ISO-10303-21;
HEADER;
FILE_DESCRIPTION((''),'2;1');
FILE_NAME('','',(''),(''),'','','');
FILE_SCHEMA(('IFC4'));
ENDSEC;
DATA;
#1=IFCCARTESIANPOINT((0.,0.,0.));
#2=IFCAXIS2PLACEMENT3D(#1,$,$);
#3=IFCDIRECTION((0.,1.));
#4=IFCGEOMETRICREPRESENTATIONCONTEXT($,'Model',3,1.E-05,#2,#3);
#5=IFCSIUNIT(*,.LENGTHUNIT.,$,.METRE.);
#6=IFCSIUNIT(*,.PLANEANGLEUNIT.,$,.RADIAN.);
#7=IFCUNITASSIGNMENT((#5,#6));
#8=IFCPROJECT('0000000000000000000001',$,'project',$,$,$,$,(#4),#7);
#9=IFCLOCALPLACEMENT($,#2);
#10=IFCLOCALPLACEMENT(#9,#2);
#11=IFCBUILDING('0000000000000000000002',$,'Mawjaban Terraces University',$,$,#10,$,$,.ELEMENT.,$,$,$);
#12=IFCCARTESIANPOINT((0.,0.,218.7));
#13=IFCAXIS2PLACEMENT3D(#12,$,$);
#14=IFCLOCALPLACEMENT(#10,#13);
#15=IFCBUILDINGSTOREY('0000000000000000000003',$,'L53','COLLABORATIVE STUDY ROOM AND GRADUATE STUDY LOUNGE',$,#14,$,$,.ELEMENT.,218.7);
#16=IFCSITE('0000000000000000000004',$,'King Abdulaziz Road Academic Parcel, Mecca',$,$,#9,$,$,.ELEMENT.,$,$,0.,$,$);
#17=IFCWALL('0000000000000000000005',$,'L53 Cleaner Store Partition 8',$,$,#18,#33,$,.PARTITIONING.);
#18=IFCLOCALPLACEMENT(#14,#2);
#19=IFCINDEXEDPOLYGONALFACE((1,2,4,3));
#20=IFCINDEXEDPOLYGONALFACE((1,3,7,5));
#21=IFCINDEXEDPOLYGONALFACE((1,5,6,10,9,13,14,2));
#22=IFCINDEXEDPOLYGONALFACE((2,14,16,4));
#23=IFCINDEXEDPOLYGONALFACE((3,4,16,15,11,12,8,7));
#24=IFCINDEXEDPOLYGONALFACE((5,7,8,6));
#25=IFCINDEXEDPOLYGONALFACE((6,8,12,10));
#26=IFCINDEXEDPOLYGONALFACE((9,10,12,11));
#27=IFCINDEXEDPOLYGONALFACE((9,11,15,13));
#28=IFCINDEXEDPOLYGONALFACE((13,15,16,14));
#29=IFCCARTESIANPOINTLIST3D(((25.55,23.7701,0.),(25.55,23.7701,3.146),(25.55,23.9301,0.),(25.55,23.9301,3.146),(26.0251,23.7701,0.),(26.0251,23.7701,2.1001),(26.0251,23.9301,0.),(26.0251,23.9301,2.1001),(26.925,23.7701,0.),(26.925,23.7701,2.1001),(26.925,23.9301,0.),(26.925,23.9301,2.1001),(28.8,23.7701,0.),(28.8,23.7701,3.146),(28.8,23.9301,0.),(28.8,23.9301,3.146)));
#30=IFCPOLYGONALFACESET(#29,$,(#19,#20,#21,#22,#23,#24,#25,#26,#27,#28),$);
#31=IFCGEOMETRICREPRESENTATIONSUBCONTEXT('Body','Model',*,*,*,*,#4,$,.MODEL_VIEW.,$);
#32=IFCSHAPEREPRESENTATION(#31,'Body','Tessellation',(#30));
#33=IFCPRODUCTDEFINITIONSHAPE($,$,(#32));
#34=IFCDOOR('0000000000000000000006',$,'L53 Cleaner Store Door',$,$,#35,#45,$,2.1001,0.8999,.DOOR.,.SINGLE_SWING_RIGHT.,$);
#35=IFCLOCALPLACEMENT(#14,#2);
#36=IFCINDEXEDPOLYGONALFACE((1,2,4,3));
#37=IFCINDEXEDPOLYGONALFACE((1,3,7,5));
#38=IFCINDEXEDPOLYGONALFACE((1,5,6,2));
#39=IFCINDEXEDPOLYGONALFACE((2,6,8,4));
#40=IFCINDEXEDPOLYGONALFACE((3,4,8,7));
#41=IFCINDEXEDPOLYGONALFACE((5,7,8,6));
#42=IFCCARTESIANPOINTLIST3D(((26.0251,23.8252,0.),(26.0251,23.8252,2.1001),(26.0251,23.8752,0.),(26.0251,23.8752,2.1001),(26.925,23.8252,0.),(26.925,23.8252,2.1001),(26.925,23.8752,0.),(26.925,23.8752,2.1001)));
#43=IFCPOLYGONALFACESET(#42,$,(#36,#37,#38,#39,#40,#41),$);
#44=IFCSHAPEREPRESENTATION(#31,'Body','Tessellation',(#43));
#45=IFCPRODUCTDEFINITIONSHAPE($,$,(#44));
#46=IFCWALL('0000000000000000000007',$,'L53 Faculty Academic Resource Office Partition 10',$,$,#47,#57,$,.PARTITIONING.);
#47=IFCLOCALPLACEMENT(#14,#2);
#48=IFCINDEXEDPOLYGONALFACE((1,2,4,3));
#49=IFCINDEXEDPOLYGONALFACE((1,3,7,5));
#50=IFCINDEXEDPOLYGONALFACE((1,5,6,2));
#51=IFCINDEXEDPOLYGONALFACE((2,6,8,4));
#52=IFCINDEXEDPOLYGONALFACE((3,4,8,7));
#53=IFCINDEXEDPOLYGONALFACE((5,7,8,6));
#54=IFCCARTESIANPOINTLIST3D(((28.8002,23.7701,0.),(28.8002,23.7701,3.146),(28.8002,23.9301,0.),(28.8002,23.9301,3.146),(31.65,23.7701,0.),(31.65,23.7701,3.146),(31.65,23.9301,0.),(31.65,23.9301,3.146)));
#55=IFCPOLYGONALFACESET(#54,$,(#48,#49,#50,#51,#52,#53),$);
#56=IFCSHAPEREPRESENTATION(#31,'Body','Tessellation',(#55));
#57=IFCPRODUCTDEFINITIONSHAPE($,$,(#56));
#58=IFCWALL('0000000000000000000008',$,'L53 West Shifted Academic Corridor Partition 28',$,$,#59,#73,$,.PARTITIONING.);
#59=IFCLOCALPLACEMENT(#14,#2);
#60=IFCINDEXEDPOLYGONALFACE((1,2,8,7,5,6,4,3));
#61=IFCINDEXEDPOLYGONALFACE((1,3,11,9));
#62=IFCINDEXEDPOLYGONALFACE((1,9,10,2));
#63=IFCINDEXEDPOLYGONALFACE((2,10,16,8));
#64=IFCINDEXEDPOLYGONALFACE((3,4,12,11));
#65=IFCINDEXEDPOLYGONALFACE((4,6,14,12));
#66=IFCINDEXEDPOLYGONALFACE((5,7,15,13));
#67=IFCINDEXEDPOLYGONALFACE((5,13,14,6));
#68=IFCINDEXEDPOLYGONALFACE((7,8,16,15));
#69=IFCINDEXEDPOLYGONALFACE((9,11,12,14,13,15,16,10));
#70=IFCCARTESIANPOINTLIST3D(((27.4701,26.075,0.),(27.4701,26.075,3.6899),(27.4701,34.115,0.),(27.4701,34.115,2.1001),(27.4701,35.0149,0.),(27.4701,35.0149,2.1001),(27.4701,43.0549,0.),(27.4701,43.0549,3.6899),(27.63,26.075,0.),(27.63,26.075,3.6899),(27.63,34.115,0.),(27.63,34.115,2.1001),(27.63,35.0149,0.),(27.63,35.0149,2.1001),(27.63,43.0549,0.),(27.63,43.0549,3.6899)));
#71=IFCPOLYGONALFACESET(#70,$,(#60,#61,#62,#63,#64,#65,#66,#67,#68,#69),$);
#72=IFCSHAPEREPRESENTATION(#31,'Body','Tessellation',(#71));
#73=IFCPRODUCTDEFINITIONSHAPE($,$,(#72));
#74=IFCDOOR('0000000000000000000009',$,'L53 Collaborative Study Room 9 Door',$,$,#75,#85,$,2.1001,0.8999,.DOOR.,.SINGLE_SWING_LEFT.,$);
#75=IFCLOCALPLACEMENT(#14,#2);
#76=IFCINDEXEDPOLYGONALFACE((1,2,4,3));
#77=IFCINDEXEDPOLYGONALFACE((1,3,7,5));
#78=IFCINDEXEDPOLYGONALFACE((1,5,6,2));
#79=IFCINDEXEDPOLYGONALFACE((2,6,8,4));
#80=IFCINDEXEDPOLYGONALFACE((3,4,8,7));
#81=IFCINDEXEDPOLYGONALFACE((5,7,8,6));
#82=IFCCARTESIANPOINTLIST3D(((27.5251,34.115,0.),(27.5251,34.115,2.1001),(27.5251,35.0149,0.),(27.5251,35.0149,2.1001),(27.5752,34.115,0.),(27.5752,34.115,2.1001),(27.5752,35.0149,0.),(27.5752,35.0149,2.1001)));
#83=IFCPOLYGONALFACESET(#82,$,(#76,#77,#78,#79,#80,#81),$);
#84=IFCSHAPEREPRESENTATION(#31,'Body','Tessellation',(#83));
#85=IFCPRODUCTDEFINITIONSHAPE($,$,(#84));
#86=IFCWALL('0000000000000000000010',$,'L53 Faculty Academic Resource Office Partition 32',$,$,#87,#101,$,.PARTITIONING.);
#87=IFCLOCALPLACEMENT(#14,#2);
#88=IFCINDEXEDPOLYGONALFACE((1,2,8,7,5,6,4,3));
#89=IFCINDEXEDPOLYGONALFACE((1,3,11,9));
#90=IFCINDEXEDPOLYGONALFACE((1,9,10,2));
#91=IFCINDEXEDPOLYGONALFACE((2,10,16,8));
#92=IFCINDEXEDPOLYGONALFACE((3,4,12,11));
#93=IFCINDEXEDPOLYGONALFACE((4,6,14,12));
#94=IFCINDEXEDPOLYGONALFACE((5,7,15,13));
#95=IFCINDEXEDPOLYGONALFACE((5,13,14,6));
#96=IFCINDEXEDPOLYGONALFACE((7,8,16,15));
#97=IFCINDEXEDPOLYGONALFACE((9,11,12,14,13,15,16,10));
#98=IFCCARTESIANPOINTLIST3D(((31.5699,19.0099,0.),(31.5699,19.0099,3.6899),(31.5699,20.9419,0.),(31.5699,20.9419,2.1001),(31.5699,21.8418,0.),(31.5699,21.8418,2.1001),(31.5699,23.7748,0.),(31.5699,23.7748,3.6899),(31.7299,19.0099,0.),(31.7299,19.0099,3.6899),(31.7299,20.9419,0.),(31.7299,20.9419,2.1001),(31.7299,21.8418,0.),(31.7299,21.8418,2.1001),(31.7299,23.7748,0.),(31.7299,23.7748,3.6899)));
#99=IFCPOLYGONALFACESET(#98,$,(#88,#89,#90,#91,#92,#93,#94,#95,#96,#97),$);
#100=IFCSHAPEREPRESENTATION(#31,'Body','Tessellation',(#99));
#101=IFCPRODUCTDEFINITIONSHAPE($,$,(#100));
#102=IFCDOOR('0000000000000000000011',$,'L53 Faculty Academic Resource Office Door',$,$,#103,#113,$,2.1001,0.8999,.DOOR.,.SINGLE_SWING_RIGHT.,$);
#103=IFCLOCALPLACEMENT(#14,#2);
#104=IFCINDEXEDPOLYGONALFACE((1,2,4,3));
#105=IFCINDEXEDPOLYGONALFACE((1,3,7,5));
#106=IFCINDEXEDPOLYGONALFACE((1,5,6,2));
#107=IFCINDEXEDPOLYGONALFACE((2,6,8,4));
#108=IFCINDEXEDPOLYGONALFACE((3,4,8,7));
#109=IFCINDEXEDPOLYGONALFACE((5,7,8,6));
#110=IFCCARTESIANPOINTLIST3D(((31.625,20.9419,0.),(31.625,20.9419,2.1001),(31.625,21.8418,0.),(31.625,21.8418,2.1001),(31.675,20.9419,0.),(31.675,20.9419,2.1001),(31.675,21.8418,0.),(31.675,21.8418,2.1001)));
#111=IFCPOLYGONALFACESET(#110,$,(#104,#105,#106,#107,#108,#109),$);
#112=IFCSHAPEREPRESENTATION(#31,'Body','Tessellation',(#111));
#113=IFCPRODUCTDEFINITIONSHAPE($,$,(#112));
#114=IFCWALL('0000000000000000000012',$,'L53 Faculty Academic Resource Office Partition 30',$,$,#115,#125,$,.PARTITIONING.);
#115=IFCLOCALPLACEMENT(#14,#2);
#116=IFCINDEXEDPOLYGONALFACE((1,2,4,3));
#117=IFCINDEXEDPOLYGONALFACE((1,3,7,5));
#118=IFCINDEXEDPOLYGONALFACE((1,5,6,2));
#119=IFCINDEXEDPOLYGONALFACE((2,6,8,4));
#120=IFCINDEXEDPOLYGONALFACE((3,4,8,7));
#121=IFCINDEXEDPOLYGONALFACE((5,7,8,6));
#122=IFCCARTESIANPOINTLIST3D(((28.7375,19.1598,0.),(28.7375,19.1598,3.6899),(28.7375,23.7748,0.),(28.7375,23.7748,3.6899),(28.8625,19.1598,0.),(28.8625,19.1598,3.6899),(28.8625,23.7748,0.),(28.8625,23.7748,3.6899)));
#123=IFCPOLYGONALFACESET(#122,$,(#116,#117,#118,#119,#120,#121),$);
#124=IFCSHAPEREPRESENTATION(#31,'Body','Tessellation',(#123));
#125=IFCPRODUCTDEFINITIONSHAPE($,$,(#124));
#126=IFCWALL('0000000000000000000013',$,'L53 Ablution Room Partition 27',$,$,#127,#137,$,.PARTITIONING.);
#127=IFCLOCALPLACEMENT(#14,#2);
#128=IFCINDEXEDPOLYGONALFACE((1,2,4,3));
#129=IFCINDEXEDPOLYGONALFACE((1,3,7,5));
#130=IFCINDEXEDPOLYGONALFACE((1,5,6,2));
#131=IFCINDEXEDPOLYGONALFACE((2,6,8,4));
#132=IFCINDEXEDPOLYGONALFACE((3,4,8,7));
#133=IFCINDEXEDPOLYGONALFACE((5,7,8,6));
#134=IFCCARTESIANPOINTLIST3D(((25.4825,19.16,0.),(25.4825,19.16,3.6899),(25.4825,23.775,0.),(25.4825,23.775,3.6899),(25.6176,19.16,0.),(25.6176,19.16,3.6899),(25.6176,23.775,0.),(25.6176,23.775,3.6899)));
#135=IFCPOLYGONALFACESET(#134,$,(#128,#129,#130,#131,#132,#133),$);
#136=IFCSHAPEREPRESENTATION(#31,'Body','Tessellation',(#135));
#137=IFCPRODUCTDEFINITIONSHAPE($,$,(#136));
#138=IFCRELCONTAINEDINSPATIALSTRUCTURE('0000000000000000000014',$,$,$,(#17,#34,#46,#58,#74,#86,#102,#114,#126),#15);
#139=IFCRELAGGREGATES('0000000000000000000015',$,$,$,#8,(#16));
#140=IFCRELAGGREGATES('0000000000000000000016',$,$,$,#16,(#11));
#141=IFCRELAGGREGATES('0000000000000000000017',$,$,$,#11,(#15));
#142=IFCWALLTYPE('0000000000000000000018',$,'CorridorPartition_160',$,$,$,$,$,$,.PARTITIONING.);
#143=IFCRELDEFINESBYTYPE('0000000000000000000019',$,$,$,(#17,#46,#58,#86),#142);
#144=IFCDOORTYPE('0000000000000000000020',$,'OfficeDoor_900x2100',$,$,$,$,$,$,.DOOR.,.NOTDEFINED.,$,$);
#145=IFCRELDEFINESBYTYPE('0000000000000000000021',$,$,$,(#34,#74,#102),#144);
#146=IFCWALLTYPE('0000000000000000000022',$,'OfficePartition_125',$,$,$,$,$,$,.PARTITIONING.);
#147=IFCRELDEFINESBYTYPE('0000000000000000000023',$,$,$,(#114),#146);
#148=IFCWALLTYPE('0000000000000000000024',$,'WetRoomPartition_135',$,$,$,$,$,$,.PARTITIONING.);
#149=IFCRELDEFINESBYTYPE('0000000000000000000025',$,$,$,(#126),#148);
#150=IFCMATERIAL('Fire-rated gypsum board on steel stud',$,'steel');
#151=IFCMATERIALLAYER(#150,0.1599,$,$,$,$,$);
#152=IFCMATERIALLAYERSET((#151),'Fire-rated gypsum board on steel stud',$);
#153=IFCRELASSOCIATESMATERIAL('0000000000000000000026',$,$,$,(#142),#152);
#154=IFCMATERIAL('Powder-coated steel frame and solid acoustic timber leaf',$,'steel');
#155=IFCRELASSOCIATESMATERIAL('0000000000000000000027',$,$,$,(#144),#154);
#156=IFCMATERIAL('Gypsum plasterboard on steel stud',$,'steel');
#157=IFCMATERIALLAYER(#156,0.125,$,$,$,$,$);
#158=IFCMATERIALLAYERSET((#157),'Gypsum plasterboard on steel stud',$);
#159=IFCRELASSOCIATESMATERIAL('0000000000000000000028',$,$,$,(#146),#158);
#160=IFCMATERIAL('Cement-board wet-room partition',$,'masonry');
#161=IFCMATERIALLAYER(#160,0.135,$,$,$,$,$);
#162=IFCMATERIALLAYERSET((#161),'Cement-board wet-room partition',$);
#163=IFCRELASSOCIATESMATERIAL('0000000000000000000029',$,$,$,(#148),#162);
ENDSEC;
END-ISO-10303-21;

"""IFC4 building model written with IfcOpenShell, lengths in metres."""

from ifc_helpers import new_model, si_unit, direction, frame, frame_2d, origin, place, context, subcontext, project, spatial, rectangle, extrude, material, layer, layer_set, type_object, element, fill, save


model = new_model("IFC4")

# Units and contexts
model_context = context("Model", 3, precision=1e-05, world=origin(), true_north=direction((0.0, 1.0)))
body_context = subcontext(model_context, "Body", "Model", "MODEL_VIEW")
ifc_project = project(units=[si_unit("LENGTHUNIT", "METRE"), si_unit("PLANEANGLEUNIT", "RADIAN")], contexts=[model_context])

# Site, building, storey
site_placement = place(None, origin())
site = spatial("IfcSite", under=ifc_project, at=site_placement, Name="King Abdulaziz Road Academic Parcel, Mecca", CompositionType="ELEMENT", RefElevation=0.0)
building_placement = place(site_placement, origin())
building = spatial("IfcBuilding", under=site, at=building_placement, Name="Mawjaban Terraces University", CompositionType="ELEMENT")
storey_placement = place(building_placement, frame((0.0, 0.0, 218.7)))
storey = spatial("IfcBuildingStorey", under=building, at=storey_placement, Name="L53", Description="COLLABORATIVE STUDY ROOM AND GRADUATE STUDY LOUNGE", CompositionType="ELEMENT", Elevation=218.7)

# Shared definitions
ifc_material_1 = material(Name="Fire-rated gypsum board on steel stud", Category="steel")
ifc_layer_1 = layer(ifc_material_1, 0.1599)
ifc_layer_set_1 = layer_set([ifc_layer_1], Name="Fire-rated gypsum board on steel stud")
wall_type_1 = type_object("IfcWallType", Name="CorridorPartition_160", PredefinedType="PARTITIONING", material=ifc_layer_set_1)

# Wall, opening, door
ifc_material_2 = material(Name="Powder-coated steel frame and solid acoustic timber leaf", Category="steel")
wall_1_placement = place(storey_placement, frame((28.8, 23.8501, 0.0), z_axis=(0.0, 0.0, 1.0), x_axis=(-1.0, 0.0, 0.0)))
wall_1 = element("IfcWall", 1, at=wall_1_placement, inside=storey, type_object=wall_type_1, Name="L53 Cleaner Store Partition 8", PredefinedType="PARTITIONING", context=body_context, shape_type="SweptSolid", body=[
    extrude(rectangle(XDim=3.25, YDim=0.1599, at=frame_2d((1.625, 0.0))), origin(), (0.0, 0.0, 1.0), 3.146),
])
opening_1_placement = place(wall_1_placement, frame((1.875, 0.0, 0.0)))
opening_1 = element("IfcOpeningElement", 2, at=opening_1_placement, cuts=wall_1, PredefinedType="OPENING", context=body_context, shape_type="SweptSolid", body=[
    extrude(rectangle(XDim=0.8999, YDim=2.1001, at=frame_2d((0.45, 1.05))), frame((0.0, 0.0898, 0.0), z_axis=(0.0, -1.0, 0.0), x_axis=(1.0, 0.0, 0.0)), (0.0, 0.0, 1.0), 0.1799),
])
door_type_1 = type_object("IfcDoorType", Name="OfficeDoor_900x2100", OperationType="NOTDEFINED", PredefinedType="DOOR", material=ifc_material_2)
door_1_placement = place(opening_1_placement, origin())
door_1 = element("IfcDoor", 3, at=door_1_placement, inside=storey, type_object=door_type_1, Name="L53 Cleaner Store Door", OperationType="SINGLE_SWING_RIGHT", OverallHeight=2.1001, OverallWidth=0.8999, PredefinedType="DOOR", context=body_context, shape_type="SweptSolid", body=[
    extrude(rectangle(XDim=0.8999, YDim=2.1001, at=frame_2d((0.45, 1.05))), frame((0.0, 0.0249, 0.0), z_axis=(0.0, -1.0, 0.0), x_axis=(1.0, 0.0, 0.0)), (0.0, 0.0, 1.0), 0.05),
])
fill(opening_1, door_1)

# Wall
wall_2_placement = place(storey_placement, frame((31.6499, 23.8501, 0.0), z_axis=(0.0, 0.0, 1.0), x_axis=(-1.0, 0.0, 0.0)))
element("IfcWall", 4, at=wall_2_placement, inside=storey, type_object=wall_type_1, Name="L53 Faculty Academic Resource Office Partition 10", PredefinedType="PARTITIONING", context=body_context, shape_type="SweptSolid", body=[
    extrude(rectangle(XDim=2.8499, YDim=0.1599, at=frame_2d((1.4248, 0.0))), origin(), (0.0, 0.0, 1.0), 3.146),
])

# Walls, openings, doors
wall_3_placement = place(storey_placement, frame((27.55, 26.075, 0.0), z_axis=(0.0, 0.0, 1.0), x_axis=(0.0, 1.0, 0.0)))
wall_3 = element("IfcWall", 5, at=wall_3_placement, inside=storey, type_object=wall_type_1, Name="L53 West Shifted Academic Corridor Partition 28", PredefinedType="PARTITIONING", context=body_context, shape_type="SweptSolid", body=[
    extrude(rectangle(XDim=16.98, YDim=0.1599, at=frame_2d((8.49, 0.0))), origin(), (0.0, 0.0, 1.0), 3.6899),
])
opening_2_placement = place(wall_3_placement, frame((8.04, 0.0, 0.0)))
opening_2 = element("IfcOpeningElement", 6, at=opening_2_placement, cuts=wall_3, PredefinedType="OPENING", context=body_context, shape_type="SweptSolid", body=[
    extrude(rectangle(XDim=0.8999, YDim=2.1001, at=frame_2d((0.45, 1.05))), frame((0.0, 0.0898, 0.0), z_axis=(0.0, -1.0, 0.0), x_axis=(1.0, 0.0, 0.0)), (0.0, 0.0, 1.0), 0.1799),
])
door_2_placement = place(opening_2_placement, origin())
door_2 = element("IfcDoor", 7, at=door_2_placement, inside=storey, type_object=door_type_1, Name="L53 Collaborative Study Room 9 Door", OperationType="SINGLE_SWING_LEFT", OverallHeight=2.1001, OverallWidth=0.8999, PredefinedType="DOOR", context=body_context, shape_type="SweptSolid", body=[
    extrude(rectangle(XDim=0.8999, YDim=2.1001, at=frame_2d((0.45, 1.05))), frame((0.0, 0.0249, 0.0), z_axis=(0.0, -1.0, 0.0), x_axis=(1.0, 0.0, 0.0)), (0.0, 0.0, 1.0), 0.05),
])
fill(opening_2, door_2)
wall_4_placement = place(storey_placement, frame((31.6499, 19.01, 0.0), z_axis=(0.0, 0.0, 1.0), x_axis=(0.0, 1.0, 0.0)))
wall_4 = element("IfcWall", 8, at=wall_4_placement, inside=storey, type_object=wall_type_1, Name="L53 Faculty Academic Resource Office Partition 32", PredefinedType="PARTITIONING", context=body_context, shape_type="SweptSolid", body=[
    extrude(rectangle(XDim=4.7649, YDim=0.1599, at=frame_2d((2.3823, 0.0))), origin(), (0.0, 0.0, 1.0), 3.6899),
])
opening_3_placement = place(wall_4_placement, frame((1.9319, 0.0, 0.0)))
opening_3 = element("IfcOpeningElement", 9, at=opening_3_placement, cuts=wall_4, PredefinedType="OPENING", context=body_context, shape_type="SweptSolid", body=[
    extrude(rectangle(XDim=0.8999, YDim=2.1001, at=frame_2d((0.45, 1.05))), frame((0.0, 0.0898, 0.0), z_axis=(0.0, -1.0, 0.0), x_axis=(1.0, 0.0, 0.0)), (0.0, 0.0, 1.0), 0.1799),
])
door_3_placement = place(opening_3_placement, origin())
door_3 = element("IfcDoor", 10, at=door_3_placement, inside=storey, type_object=door_type_1, Name="L53 Faculty Academic Resource Office Door", OperationType="SINGLE_SWING_RIGHT", OverallHeight=2.1001, OverallWidth=0.8999, PredefinedType="DOOR", context=body_context, shape_type="SweptSolid", body=[
    extrude(rectangle(XDim=0.8999, YDim=2.1001, at=frame_2d((0.45, 1.05))), frame((0.0, 0.0249, 0.0), z_axis=(0.0, -1.0, 0.0), x_axis=(1.0, 0.0, 0.0)), (0.0, 0.0, 1.0), 0.05),
])
fill(opening_3, door_3)

# Walls
ifc_material_3 = material(Name="Gypsum plasterboard on steel stud", Category="steel")
ifc_layer_2 = layer(ifc_material_3, 0.125)
ifc_layer_set_2 = layer_set([ifc_layer_2], Name="Gypsum plasterboard on steel stud")
wall_type_2 = type_object("IfcWallType", Name="OfficePartition_125", PredefinedType="PARTITIONING", material=ifc_layer_set_2)
wall_5_placement = place(storey_placement, frame((28.8, 23.7749, 0.0), z_axis=(0.0, 0.0, 1.0), x_axis=(0.0, -1.0, 0.0)))
element("IfcWall", 11, at=wall_5_placement, inside=storey, type_object=wall_type_2, Name="L53 Faculty Academic Resource Office Partition 30", PredefinedType="PARTITIONING", context=body_context, shape_type="SweptSolid", body=[
    extrude(rectangle(XDim=4.615, YDim=0.125, at=frame_2d((2.3076, 0.0))), origin(), (0.0, 0.0, 1.0), 3.6899),
])
ifc_material_4 = material(Name="Cement-board wet-room partition", Category="masonry")
ifc_layer_3 = layer(ifc_material_4, 0.135)
ifc_layer_set_3 = layer_set([ifc_layer_3], Name="Cement-board wet-room partition")
wall_type_3 = type_object("IfcWallType", Name="WetRoomPartition_135", PredefinedType="PARTITIONING", material=ifc_layer_set_3)
wall_6_placement = place(storey_placement, frame((25.55, 19.1599, 0.0), z_axis=(0.0, 0.0, 1.0), x_axis=(0.0, 1.0, 0.0)))
element("IfcWall", 12, at=wall_6_placement, inside=storey, type_object=wall_type_3, Name="L53 Ablution Room Partition 27", PredefinedType="PARTITIONING", context=body_context, shape_type="SweptSolid", body=[
    extrude(rectangle(XDim=4.615, YDim=0.135, at=frame_2d((2.3076, 0.0))), origin(), (0.0, 0.0, 1.0), 3.6899),
])

save(model, "model.ifc")
